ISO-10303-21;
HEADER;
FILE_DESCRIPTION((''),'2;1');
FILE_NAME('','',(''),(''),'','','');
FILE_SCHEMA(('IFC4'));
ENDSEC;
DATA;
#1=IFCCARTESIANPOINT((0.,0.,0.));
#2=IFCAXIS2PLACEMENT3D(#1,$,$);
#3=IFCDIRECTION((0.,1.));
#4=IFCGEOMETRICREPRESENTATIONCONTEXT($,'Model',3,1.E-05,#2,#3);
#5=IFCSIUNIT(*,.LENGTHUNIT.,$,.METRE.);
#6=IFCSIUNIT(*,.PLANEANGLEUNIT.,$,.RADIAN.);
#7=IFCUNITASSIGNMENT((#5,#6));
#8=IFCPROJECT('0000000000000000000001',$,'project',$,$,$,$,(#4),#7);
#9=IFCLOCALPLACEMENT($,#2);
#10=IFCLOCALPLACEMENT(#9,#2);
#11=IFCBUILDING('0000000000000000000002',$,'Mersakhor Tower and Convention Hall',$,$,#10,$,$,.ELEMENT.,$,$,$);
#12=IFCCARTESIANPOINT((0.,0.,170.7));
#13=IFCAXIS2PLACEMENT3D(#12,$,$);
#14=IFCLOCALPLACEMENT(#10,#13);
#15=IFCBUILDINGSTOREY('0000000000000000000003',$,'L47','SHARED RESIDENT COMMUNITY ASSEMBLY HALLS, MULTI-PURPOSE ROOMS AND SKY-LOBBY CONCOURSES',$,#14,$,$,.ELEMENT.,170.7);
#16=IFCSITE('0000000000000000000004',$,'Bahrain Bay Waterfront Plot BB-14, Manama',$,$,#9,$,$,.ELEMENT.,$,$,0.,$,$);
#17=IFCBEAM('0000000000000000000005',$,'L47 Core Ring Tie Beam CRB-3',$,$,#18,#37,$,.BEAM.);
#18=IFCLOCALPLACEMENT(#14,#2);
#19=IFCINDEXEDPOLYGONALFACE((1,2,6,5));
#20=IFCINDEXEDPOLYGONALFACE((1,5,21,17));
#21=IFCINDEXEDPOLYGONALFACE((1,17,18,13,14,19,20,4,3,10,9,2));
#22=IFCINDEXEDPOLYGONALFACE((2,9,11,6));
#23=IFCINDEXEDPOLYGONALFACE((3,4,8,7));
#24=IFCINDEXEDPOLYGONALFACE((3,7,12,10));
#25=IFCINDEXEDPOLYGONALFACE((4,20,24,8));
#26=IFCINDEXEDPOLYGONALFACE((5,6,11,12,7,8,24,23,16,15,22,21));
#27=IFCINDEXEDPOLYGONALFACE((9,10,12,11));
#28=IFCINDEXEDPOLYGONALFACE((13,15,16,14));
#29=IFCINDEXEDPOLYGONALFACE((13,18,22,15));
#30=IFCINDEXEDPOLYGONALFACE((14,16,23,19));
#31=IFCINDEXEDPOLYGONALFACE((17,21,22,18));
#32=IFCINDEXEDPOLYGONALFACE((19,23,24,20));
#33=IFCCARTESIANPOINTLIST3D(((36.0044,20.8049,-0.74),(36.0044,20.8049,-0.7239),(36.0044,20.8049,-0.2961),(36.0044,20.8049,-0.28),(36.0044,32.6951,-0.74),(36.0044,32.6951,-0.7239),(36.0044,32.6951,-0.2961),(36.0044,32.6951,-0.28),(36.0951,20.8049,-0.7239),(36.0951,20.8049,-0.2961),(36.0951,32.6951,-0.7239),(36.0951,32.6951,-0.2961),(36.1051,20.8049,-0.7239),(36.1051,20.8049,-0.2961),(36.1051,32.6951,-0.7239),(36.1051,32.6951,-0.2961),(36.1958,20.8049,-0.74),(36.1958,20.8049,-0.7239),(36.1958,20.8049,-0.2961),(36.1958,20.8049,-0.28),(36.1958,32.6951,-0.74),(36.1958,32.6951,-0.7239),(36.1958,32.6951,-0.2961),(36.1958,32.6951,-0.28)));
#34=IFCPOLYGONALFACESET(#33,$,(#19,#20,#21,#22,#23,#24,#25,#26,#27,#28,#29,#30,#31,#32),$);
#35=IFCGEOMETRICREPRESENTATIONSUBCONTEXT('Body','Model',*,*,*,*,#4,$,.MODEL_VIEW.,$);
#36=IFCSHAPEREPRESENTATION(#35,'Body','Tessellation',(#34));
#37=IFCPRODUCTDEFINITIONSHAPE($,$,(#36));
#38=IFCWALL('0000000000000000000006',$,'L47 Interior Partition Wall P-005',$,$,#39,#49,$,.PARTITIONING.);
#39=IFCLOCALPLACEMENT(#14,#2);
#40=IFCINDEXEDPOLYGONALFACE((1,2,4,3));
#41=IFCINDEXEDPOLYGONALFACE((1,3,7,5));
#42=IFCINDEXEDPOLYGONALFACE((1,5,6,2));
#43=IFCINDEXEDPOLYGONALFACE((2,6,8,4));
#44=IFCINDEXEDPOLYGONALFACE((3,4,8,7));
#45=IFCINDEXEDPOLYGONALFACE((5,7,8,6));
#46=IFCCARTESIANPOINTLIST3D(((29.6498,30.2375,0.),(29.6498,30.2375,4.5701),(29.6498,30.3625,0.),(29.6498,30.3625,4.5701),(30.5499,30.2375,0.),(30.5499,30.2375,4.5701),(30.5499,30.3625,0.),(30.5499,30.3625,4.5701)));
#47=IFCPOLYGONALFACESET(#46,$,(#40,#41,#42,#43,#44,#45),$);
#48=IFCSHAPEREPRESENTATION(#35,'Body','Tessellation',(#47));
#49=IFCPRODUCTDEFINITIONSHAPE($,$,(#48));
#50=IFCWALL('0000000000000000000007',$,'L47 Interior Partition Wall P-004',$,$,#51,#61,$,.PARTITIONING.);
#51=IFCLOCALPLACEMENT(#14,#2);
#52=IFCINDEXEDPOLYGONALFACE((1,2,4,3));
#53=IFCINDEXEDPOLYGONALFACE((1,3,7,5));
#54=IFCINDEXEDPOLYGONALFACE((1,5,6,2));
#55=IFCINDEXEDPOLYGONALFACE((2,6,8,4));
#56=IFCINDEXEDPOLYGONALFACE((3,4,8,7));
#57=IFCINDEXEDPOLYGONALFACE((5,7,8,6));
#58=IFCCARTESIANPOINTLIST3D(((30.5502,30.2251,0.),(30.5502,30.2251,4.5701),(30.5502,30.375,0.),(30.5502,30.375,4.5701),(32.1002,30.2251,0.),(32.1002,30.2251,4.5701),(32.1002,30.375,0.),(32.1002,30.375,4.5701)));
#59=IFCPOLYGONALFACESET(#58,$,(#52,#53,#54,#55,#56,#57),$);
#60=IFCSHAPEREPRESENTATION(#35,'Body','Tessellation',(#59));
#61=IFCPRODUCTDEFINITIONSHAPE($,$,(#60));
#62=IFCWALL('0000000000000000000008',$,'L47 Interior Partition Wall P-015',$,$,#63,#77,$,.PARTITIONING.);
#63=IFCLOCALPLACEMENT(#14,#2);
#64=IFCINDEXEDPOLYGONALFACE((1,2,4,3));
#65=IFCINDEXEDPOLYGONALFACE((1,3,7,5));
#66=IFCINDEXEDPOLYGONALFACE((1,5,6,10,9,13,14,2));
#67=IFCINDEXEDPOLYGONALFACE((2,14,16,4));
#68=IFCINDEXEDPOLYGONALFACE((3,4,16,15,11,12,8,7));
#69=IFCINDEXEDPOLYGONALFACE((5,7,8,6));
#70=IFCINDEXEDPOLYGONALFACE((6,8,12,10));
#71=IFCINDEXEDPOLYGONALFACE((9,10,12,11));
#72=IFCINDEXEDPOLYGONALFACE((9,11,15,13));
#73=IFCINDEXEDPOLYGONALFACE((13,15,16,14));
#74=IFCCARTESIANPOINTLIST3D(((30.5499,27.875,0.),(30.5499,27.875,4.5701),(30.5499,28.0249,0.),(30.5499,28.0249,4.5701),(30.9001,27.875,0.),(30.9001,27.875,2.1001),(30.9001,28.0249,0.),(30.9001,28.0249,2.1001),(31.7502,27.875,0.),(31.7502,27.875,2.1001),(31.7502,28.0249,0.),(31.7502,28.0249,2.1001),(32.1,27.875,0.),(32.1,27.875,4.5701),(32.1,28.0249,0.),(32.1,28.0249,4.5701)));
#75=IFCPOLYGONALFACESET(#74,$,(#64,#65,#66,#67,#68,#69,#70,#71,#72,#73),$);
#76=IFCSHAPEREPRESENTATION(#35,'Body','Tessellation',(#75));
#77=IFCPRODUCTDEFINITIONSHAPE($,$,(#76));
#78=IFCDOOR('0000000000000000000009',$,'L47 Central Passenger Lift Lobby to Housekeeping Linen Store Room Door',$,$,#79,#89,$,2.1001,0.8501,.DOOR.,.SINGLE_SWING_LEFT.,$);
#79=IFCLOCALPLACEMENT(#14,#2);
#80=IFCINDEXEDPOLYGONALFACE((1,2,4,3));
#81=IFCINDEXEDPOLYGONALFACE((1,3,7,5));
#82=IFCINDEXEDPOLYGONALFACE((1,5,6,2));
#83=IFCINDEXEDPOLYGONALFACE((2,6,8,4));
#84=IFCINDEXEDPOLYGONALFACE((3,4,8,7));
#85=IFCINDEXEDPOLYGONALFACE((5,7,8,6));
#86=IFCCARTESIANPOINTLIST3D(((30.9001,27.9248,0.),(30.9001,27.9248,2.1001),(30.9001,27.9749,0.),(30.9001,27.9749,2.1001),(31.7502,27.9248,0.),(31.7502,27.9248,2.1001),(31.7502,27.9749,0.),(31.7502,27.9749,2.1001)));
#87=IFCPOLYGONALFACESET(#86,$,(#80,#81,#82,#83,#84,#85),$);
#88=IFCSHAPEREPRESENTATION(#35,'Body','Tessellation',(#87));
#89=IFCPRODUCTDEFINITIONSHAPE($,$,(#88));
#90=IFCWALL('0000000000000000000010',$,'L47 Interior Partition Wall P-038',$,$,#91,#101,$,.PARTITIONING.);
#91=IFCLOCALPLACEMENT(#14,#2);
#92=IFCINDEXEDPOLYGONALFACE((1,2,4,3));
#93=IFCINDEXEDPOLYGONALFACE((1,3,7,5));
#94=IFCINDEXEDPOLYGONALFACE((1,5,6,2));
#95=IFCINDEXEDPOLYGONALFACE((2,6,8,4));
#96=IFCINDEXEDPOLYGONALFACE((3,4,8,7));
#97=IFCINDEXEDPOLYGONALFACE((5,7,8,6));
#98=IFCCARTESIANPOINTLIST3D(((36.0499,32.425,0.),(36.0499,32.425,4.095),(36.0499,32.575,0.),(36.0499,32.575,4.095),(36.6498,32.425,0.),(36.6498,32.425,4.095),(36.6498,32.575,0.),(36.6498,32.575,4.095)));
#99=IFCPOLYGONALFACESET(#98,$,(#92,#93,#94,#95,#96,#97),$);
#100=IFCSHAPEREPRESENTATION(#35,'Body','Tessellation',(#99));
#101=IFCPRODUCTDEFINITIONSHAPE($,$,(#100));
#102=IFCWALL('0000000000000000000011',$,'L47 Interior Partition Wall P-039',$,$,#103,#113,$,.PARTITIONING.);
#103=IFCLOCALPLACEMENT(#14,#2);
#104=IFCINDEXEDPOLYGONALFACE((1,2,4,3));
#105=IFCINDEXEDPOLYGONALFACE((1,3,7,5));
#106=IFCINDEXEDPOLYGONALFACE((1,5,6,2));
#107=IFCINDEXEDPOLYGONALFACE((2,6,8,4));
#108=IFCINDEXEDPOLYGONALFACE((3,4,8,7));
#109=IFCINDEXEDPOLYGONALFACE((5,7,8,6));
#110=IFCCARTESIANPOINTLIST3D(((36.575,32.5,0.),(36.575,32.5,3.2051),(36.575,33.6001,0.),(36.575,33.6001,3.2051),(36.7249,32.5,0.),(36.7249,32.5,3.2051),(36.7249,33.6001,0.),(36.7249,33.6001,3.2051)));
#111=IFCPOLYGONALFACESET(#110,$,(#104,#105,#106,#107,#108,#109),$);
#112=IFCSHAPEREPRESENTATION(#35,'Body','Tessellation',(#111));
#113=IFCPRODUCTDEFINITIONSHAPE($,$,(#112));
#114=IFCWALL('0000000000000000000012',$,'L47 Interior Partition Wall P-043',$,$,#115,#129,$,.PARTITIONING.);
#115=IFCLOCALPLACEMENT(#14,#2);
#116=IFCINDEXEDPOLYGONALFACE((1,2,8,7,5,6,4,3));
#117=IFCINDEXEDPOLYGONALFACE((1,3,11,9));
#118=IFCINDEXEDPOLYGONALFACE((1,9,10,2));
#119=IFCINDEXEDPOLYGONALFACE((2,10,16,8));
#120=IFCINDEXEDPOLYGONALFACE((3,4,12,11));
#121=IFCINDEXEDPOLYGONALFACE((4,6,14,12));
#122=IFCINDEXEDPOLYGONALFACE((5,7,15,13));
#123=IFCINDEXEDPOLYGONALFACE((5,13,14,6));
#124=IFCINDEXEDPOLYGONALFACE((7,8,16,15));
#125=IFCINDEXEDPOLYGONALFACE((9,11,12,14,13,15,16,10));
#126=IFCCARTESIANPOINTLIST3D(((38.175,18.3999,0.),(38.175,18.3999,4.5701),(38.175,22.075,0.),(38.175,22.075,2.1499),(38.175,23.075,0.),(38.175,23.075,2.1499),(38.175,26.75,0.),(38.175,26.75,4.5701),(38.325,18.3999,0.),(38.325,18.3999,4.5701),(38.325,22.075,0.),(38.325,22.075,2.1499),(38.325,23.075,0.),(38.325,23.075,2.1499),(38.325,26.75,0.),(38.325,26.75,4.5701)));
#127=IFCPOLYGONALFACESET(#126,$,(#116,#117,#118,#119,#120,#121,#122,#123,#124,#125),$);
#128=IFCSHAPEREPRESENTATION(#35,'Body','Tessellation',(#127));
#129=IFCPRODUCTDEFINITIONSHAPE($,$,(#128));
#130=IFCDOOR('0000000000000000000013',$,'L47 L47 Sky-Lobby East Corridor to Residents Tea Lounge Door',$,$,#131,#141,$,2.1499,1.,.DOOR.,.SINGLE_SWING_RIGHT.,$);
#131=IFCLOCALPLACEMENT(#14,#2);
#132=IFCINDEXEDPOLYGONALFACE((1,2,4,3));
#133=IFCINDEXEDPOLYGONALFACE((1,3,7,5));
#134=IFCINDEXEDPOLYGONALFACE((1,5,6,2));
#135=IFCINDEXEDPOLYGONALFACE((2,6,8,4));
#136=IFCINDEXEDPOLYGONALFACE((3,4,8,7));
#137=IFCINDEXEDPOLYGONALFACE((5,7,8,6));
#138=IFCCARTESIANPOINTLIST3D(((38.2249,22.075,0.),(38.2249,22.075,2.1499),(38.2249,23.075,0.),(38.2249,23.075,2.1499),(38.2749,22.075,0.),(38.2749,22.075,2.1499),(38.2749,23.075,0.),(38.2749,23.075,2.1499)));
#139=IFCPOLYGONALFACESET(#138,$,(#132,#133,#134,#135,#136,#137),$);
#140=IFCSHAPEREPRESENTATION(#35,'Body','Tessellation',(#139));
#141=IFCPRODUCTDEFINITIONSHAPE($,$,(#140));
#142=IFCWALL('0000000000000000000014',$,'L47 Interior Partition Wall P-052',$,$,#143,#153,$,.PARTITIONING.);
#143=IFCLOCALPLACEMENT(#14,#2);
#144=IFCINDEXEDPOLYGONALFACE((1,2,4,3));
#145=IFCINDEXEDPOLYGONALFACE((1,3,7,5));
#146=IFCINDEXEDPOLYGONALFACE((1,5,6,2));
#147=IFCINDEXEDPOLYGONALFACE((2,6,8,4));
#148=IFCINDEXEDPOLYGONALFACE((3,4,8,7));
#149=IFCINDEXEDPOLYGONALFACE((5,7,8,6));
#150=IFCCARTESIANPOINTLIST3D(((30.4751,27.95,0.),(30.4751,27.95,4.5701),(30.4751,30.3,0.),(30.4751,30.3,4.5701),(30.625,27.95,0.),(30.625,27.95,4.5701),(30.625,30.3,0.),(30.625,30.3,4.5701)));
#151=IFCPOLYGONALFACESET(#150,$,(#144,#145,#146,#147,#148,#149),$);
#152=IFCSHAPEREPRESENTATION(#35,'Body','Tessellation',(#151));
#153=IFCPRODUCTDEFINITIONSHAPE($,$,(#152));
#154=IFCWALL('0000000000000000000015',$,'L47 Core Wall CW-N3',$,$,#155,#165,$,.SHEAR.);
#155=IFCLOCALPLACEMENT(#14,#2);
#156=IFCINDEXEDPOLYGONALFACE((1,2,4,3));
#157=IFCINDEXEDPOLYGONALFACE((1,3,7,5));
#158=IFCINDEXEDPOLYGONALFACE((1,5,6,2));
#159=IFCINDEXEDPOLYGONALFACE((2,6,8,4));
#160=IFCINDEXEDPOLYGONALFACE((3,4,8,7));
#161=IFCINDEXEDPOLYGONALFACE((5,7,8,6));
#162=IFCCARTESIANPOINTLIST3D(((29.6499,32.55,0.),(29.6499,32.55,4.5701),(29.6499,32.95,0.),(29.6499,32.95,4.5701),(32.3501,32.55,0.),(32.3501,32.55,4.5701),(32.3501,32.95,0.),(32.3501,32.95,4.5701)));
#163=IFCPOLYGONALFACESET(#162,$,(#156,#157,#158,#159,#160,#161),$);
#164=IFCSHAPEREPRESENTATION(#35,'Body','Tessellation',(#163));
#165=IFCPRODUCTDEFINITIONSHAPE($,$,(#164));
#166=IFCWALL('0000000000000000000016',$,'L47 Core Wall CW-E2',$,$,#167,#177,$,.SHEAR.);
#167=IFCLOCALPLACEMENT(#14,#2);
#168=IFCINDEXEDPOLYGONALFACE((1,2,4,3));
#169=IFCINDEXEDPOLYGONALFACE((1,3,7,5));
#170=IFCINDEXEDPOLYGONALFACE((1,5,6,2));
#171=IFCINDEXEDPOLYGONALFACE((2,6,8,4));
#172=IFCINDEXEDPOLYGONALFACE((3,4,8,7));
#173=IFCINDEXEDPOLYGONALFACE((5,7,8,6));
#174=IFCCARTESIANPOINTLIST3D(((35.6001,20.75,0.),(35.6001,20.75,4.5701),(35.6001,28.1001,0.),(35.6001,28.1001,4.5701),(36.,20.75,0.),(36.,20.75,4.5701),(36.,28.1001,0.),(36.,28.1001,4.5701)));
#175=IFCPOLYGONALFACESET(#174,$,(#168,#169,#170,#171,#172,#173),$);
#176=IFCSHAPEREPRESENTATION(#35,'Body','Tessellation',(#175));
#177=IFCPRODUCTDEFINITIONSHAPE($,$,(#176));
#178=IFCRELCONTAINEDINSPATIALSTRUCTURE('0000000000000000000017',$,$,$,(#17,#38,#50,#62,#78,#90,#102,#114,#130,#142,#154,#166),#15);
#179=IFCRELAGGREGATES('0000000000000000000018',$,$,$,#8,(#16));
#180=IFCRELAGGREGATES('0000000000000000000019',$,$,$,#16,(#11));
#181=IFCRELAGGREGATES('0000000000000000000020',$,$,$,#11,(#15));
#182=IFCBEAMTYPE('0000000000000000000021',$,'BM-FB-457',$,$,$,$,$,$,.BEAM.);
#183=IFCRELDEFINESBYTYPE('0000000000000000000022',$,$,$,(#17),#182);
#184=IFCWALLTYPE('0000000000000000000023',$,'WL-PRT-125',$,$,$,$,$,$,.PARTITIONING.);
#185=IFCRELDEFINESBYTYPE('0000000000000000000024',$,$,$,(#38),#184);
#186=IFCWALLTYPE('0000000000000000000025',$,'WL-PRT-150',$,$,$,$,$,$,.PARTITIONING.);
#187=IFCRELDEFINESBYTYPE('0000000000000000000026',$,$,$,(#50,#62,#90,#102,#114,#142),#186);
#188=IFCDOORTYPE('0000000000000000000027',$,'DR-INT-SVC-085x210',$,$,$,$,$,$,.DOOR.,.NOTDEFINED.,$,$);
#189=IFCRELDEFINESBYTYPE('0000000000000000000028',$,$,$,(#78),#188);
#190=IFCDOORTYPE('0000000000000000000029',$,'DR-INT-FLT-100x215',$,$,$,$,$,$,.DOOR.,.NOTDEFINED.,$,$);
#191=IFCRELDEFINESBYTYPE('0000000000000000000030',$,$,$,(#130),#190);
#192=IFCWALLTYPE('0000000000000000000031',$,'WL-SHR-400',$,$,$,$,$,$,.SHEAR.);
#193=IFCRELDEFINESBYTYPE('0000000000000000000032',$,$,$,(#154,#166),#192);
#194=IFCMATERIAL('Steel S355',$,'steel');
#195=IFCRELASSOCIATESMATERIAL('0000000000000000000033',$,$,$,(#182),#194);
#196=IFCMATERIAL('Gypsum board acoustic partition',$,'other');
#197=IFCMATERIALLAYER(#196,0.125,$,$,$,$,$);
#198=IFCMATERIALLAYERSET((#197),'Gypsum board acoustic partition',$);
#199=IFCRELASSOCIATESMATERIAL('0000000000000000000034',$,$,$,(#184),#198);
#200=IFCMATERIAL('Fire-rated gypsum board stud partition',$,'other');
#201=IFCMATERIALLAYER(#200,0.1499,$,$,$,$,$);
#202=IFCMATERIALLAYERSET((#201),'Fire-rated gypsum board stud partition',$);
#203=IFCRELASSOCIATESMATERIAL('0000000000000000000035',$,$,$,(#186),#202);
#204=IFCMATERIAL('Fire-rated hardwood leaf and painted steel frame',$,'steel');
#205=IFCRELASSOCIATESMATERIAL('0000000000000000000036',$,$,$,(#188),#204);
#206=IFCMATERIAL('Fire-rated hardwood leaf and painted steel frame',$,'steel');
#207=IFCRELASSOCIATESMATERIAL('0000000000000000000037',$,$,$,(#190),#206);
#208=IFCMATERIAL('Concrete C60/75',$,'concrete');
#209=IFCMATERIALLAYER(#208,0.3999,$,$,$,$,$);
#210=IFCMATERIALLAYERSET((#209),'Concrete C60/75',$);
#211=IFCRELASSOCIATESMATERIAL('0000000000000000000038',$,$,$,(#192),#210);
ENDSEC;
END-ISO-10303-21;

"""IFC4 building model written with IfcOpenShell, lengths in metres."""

from ifc_helpers import new_model, si_unit, direction, frame, frame_2d, origin, origin_2d, place, context, subcontext, project, spatial, rectangle, i_section, extrude, material, layer, layer_set, material_profile, profile_set, type_object, element, fill, save


model = new_model("IFC4")

# Units and contexts
model_context = context("Model", 3, precision=1e-05, world=origin(), true_north=direction((0.0, 1.0)))
body_context = subcontext(model_context, "Body", "Model", "MODEL_VIEW")
ifc_project = project(units=[si_unit("LENGTHUNIT", "METRE"), si_unit("PLANEANGLEUNIT", "RADIAN")], contexts=[model_context])

# Site, building, storey
site_placement = place(None, origin())
site = spatial("IfcSite", under=ifc_project, at=site_placement, Name="Bahrain Bay Waterfront Plot BB-14, Manama", CompositionType="ELEMENT", RefElevation=0.0)
building_placement = place(site_placement, origin())
building = spatial("IfcBuilding", under=site, at=building_placement, Name="Mersakhor Tower and Convention Hall", CompositionType="ELEMENT")
storey_placement = place(building_placement, frame((0.0, 0.0, 170.7)))
storey = spatial("IfcBuildingStorey", under=building, at=storey_placement, Name="L47", Description="SHARED RESIDENT COMMUNITY ASSEMBLY HALLS, MULTI-PURPOSE ROOMS AND SKY-LOBBY CONCOURSES", CompositionType="ELEMENT", Elevation=170.7)

# Beam
ifc_material_1 = material(Name="Steel S355", Category="steel")
ifc_material_profile = material_profile(ifc_material_1, i_section(OverallWidth=0.1914, OverallDepth=0.46, WebThickness=0.01, FlangeThickness=0.0161, at=origin_2d()), Name="UB 457x191x82")
ifc_profile_set = profile_set([ifc_material_profile], Name="Steel S355")
beam_type = type_object("IfcBeamType", Name="BM-FB-457", PredefinedType="BEAM", material=ifc_profile_set)
beam_placement = place(storey_placement, frame((36.1001, 32.6951, -0.51), z_axis=(0.0, -1.0, 0.0), x_axis=(1.0, 0.0, 0.0)))
element("IfcBeam", 1, at=beam_placement, inside=storey, type_object=beam_type, Name="L47 Core Ring Tie Beam CRB-3", PredefinedType="BEAM", context=body_context, shape_type="SweptSolid", body=[
    extrude(i_section(OverallWidth=0.1914, OverallDepth=0.46, WebThickness=0.01, FlangeThickness=0.0161, at=origin_2d()), origin(), (0.0, 0.0, 1.0), 11.8901),
])

# Walls
ifc_material_2 = material(Name="Gypsum board acoustic partition", Category="other")
ifc_layer_1 = layer(ifc_material_2, 0.125)
ifc_layer_set_1 = layer_set([ifc_layer_1], Name="Gypsum board acoustic partition")
wall_type_1 = type_object("IfcWallType", Name="WL-PRT-125", PredefinedType="PARTITIONING", material=ifc_layer_set_1)
wall_1_placement = place(storey_placement, frame((30.55, 30.3, 0.0), z_axis=(0.0, 0.0, 1.0), x_axis=(-1.0, 0.0, 0.0)))
element("IfcWall", 2, at=wall_1_placement, inside=storey, type_object=wall_type_1, Name="L47 Interior Partition Wall P-005", PredefinedType="PARTITIONING", context=body_context, shape_type="SweptSolid", body=[
    extrude(rectangle(XDim=0.9001, YDim=0.125, at=frame_2d((0.4502, 0.0))), origin(), (0.0, 0.0, 1.0), 4.5701),
])
ifc_material_3 = material(Name="Fire-rated gypsum board stud partition", Category="other")
ifc_layer_2 = layer(ifc_material_3, 0.1499)
ifc_layer_set_2 = layer_set([ifc_layer_2], Name="Fire-rated gypsum board stud partition")
wall_type_2 = type_object("IfcWallType", Name="WL-PRT-150", PredefinedType="PARTITIONING", material=ifc_layer_set_2)
wall_2_placement = place(storey_placement, frame((32.1001, 30.3, 0.0), z_axis=(0.0, 0.0, 1.0), x_axis=(-1.0, 0.0, 0.0)))
element("IfcWall", 3, at=wall_2_placement, inside=storey, type_object=wall_type_2, Name="L47 Interior Partition Wall P-004", PredefinedType="PARTITIONING", context=body_context, shape_type="SweptSolid", body=[
    extrude(rectangle(XDim=1.55, YDim=0.1499, at=frame_2d((0.7749, 0.0))), origin(), (0.0, 0.0, 1.0), 4.5701),
])

# Wall, opening, door
wall_3_placement = place(storey_placement, frame((30.55, 27.95, 0.0), z_axis=(0.0, 0.0, 1.0), x_axis=(1.0, 0.0, 0.0)))
wall_3 = element("IfcWall", 4, at=wall_3_placement, inside=storey, type_object=wall_type_2, Name="L47 Interior Partition Wall P-015", PredefinedType="PARTITIONING", context=body_context, shape_type="SweptSolid", body=[
    extrude(rectangle(XDim=1.55, YDim=0.1499, at=frame_2d((0.7749, 0.0))), origin(), (0.0, 0.0, 1.0), 4.5701),
])
opening_1_placement = place(wall_3_placement, frame((0.3501, 0.0, 0.0)))
opening_1 = element("IfcOpeningElement", 5, at=opening_1_placement, cuts=wall_3, PredefinedType="OPENING", context=body_context, shape_type="SweptSolid", body=[
    extrude(rectangle(XDim=0.8501, YDim=2.1001, at=frame_2d((0.425, 1.05))), frame((0.0, 0.085, 0.0), z_axis=(0.0, -1.0, 0.0), x_axis=(1.0, 0.0, 0.0)), (0.0, 0.0, 1.0), 0.1699),
])
ifc_material_4 = material(Name="Fire-rated hardwood leaf and painted steel frame", Category="steel")
door_type_1 = type_object("IfcDoorType", Name="DR-INT-SVC-085x210", OperationType="NOTDEFINED", PredefinedType="DOOR", material=ifc_material_4)
door_1_placement = place(opening_1_placement, origin())
door_1 = element("IfcDoor", 6, at=door_1_placement, inside=storey, type_object=door_type_1, Name="L47 Central Passenger Lift Lobby to Housekeeping Linen Store Room Door", OperationType="SINGLE_SWING_LEFT", OverallHeight=2.1001, OverallWidth=0.8501, PredefinedType="DOOR", context=body_context, shape_type="SweptSolid", body=[
    extrude(rectangle(XDim=0.8501, YDim=2.1001, at=frame_2d((0.425, 1.05))), frame((0.0, 0.0249, 0.0), z_axis=(0.0, -1.0, 0.0), x_axis=(1.0, 0.0, 0.0)), (0.0, 0.0, 1.0), 0.05),
])
fill(opening_1, door_1)

# Walls
wall_4_placement = place(storey_placement, frame((36.05, 32.5, 0.0), z_axis=(0.0, 0.0, 1.0), x_axis=(1.0, 0.0, 0.0)))
element("IfcWall", 7, at=wall_4_placement, inside=storey, type_object=wall_type_2, Name="L47 Interior Partition Wall P-038", PredefinedType="PARTITIONING", context=body_context, shape_type="SweptSolid", body=[
    extrude(rectangle(XDim=0.5999, YDim=0.1499, at=frame_2d((0.2998, 0.0))), origin(), (0.0, 0.0, 1.0), 4.095),
])
wall_5_placement = place(storey_placement, frame((36.6499, 32.5, 0.0), z_axis=(0.0, 0.0, 1.0), x_axis=(0.0, 1.0, 0.0)))
element("IfcWall", 8, at=wall_5_placement, inside=storey, type_object=wall_type_2, Name="L47 Interior Partition Wall P-039", PredefinedType="PARTITIONING", context=body_context, shape_type="SweptSolid", body=[
    extrude(rectangle(XDim=1.1001, YDim=0.1499, at=frame_2d((0.55, 0.0))), origin(), (0.0, 0.0, 1.0), 3.2051),
])

# Wall, opening, door
wall_6_placement = place(storey_placement, frame((38.25, 26.75, 0.0), z_axis=(0.0, 0.0, 1.0), x_axis=(0.0, -1.0, 0.0)))
wall_6 = element("IfcWall", 9, at=wall_6_placement, inside=storey, type_object=wall_type_2, Name="L47 Interior Partition Wall P-043", PredefinedType="PARTITIONING", context=body_context, shape_type="SweptSolid", body=[
    extrude(rectangle(XDim=8.3501, YDim=0.1499, at=frame_2d((4.175, 0.0))), origin(), (0.0, 0.0, 1.0), 4.5701),
])
opening_2_placement = place(wall_6_placement, frame((3.675, 0.0, 0.0)))
opening_2 = element("IfcOpeningElement", 10, at=opening_2_placement, cuts=wall_6, PredefinedType="OPENING", context=body_context, shape_type="SweptSolid", body=[
    extrude(rectangle(XDim=1.0, YDim=2.1499, at=frame_2d((0.5, 1.075))), frame((0.0, 0.085, 0.0), z_axis=(0.0, -1.0, 0.0), x_axis=(1.0, 0.0, 0.0)), (0.0, 0.0, 1.0), 0.1699),
])
ifc_material_5 = material(Name="Fire-rated hardwood leaf and painted steel frame", Category="steel")
door_type_2 = type_object("IfcDoorType", Name="DR-INT-FLT-100x215", OperationType="NOTDEFINED", PredefinedType="DOOR", material=ifc_material_5)
door_2_placement = place(opening_2_placement, origin())
door_2 = element("IfcDoor", 11, at=door_2_placement, inside=storey, type_object=door_type_2, Name="L47 L47 Sky-Lobby East Corridor to Residents Tea Lounge Door", OperationType="SINGLE_SWING_RIGHT", OverallHeight=2.1499, OverallWidth=1.0, PredefinedType="DOOR", context=body_context, shape_type="SweptSolid", body=[
    extrude(rectangle(XDim=1.0, YDim=2.1499, at=frame_2d((0.5, 1.075))), frame((0.0, 0.0249, 0.0), z_axis=(0.0, -1.0, 0.0), x_axis=(1.0, 0.0, 0.0)), (0.0, 0.0, 1.0), 0.05),
])
fill(opening_2, door_2)

# Wall
wall_7_placement = place(storey_placement, frame((30.55, 30.3, 0.0), z_axis=(0.0, 0.0, 1.0), x_axis=(0.0, -1.0, 0.0)))
element("IfcWall", 12, at=wall_7_placement, inside=storey, type_object=wall_type_2, Name="L47 Interior Partition Wall P-052", PredefinedType="PARTITIONING", context=body_context, shape_type="SweptSolid", body=[
    extrude(rectangle(XDim=2.3501, YDim=0.1499, at=frame_2d((1.175, 0.0))), origin(), (0.0, 0.0, 1.0), 4.5701),
])

# Walls
ifc_material_6 = material(Name="Concrete C60/75", Category="concrete")
ifc_layer_3 = layer(ifc_material_6, 0.3999)
ifc_layer_set_3 = layer_set([ifc_layer_3], Name="Concrete C60/75")
wall_type_3 = type_object("IfcWallType", Name="WL-SHR-400", PredefinedType="SHEAR", material=ifc_layer_set_3)
wall_8_placement = place(storey_placement, frame((29.6499, 32.75, 0.0), z_axis=(0.0, 0.0, 1.0), x_axis=(1.0, 0.0, 0.0)))
element("IfcWall", 13, at=wall_8_placement, inside=storey, type_object=wall_type_3, Name="L47 Core Wall CW-N3", PredefinedType="SHEAR", context=body_context, shape_type="SweptSolid", body=[
    extrude(rectangle(XDim=2.7002, YDim=0.3999, at=frame_2d((1.3501, 0.0))), origin(), (0.0, 0.0, 1.0), 4.5701),
])
wall_9_placement = place(storey_placement, frame((35.8, 28.1001, 0.0), z_axis=(0.0, 0.0, 1.0), x_axis=(0.0, -1.0, 0.0)))
element("IfcWall", 14, at=wall_9_placement, inside=storey, type_object=wall_type_3, Name="L47 Core Wall CW-E2", PredefinedType="SHEAR", context=body_context, shape_type="SweptSolid", body=[
    extrude(rectangle(XDim=7.3501, YDim=0.3999, at=frame_2d((3.675, 0.0))), origin(), (0.0, 0.0, 1.0), 4.5701),
])

save(model, "model.ifc")
